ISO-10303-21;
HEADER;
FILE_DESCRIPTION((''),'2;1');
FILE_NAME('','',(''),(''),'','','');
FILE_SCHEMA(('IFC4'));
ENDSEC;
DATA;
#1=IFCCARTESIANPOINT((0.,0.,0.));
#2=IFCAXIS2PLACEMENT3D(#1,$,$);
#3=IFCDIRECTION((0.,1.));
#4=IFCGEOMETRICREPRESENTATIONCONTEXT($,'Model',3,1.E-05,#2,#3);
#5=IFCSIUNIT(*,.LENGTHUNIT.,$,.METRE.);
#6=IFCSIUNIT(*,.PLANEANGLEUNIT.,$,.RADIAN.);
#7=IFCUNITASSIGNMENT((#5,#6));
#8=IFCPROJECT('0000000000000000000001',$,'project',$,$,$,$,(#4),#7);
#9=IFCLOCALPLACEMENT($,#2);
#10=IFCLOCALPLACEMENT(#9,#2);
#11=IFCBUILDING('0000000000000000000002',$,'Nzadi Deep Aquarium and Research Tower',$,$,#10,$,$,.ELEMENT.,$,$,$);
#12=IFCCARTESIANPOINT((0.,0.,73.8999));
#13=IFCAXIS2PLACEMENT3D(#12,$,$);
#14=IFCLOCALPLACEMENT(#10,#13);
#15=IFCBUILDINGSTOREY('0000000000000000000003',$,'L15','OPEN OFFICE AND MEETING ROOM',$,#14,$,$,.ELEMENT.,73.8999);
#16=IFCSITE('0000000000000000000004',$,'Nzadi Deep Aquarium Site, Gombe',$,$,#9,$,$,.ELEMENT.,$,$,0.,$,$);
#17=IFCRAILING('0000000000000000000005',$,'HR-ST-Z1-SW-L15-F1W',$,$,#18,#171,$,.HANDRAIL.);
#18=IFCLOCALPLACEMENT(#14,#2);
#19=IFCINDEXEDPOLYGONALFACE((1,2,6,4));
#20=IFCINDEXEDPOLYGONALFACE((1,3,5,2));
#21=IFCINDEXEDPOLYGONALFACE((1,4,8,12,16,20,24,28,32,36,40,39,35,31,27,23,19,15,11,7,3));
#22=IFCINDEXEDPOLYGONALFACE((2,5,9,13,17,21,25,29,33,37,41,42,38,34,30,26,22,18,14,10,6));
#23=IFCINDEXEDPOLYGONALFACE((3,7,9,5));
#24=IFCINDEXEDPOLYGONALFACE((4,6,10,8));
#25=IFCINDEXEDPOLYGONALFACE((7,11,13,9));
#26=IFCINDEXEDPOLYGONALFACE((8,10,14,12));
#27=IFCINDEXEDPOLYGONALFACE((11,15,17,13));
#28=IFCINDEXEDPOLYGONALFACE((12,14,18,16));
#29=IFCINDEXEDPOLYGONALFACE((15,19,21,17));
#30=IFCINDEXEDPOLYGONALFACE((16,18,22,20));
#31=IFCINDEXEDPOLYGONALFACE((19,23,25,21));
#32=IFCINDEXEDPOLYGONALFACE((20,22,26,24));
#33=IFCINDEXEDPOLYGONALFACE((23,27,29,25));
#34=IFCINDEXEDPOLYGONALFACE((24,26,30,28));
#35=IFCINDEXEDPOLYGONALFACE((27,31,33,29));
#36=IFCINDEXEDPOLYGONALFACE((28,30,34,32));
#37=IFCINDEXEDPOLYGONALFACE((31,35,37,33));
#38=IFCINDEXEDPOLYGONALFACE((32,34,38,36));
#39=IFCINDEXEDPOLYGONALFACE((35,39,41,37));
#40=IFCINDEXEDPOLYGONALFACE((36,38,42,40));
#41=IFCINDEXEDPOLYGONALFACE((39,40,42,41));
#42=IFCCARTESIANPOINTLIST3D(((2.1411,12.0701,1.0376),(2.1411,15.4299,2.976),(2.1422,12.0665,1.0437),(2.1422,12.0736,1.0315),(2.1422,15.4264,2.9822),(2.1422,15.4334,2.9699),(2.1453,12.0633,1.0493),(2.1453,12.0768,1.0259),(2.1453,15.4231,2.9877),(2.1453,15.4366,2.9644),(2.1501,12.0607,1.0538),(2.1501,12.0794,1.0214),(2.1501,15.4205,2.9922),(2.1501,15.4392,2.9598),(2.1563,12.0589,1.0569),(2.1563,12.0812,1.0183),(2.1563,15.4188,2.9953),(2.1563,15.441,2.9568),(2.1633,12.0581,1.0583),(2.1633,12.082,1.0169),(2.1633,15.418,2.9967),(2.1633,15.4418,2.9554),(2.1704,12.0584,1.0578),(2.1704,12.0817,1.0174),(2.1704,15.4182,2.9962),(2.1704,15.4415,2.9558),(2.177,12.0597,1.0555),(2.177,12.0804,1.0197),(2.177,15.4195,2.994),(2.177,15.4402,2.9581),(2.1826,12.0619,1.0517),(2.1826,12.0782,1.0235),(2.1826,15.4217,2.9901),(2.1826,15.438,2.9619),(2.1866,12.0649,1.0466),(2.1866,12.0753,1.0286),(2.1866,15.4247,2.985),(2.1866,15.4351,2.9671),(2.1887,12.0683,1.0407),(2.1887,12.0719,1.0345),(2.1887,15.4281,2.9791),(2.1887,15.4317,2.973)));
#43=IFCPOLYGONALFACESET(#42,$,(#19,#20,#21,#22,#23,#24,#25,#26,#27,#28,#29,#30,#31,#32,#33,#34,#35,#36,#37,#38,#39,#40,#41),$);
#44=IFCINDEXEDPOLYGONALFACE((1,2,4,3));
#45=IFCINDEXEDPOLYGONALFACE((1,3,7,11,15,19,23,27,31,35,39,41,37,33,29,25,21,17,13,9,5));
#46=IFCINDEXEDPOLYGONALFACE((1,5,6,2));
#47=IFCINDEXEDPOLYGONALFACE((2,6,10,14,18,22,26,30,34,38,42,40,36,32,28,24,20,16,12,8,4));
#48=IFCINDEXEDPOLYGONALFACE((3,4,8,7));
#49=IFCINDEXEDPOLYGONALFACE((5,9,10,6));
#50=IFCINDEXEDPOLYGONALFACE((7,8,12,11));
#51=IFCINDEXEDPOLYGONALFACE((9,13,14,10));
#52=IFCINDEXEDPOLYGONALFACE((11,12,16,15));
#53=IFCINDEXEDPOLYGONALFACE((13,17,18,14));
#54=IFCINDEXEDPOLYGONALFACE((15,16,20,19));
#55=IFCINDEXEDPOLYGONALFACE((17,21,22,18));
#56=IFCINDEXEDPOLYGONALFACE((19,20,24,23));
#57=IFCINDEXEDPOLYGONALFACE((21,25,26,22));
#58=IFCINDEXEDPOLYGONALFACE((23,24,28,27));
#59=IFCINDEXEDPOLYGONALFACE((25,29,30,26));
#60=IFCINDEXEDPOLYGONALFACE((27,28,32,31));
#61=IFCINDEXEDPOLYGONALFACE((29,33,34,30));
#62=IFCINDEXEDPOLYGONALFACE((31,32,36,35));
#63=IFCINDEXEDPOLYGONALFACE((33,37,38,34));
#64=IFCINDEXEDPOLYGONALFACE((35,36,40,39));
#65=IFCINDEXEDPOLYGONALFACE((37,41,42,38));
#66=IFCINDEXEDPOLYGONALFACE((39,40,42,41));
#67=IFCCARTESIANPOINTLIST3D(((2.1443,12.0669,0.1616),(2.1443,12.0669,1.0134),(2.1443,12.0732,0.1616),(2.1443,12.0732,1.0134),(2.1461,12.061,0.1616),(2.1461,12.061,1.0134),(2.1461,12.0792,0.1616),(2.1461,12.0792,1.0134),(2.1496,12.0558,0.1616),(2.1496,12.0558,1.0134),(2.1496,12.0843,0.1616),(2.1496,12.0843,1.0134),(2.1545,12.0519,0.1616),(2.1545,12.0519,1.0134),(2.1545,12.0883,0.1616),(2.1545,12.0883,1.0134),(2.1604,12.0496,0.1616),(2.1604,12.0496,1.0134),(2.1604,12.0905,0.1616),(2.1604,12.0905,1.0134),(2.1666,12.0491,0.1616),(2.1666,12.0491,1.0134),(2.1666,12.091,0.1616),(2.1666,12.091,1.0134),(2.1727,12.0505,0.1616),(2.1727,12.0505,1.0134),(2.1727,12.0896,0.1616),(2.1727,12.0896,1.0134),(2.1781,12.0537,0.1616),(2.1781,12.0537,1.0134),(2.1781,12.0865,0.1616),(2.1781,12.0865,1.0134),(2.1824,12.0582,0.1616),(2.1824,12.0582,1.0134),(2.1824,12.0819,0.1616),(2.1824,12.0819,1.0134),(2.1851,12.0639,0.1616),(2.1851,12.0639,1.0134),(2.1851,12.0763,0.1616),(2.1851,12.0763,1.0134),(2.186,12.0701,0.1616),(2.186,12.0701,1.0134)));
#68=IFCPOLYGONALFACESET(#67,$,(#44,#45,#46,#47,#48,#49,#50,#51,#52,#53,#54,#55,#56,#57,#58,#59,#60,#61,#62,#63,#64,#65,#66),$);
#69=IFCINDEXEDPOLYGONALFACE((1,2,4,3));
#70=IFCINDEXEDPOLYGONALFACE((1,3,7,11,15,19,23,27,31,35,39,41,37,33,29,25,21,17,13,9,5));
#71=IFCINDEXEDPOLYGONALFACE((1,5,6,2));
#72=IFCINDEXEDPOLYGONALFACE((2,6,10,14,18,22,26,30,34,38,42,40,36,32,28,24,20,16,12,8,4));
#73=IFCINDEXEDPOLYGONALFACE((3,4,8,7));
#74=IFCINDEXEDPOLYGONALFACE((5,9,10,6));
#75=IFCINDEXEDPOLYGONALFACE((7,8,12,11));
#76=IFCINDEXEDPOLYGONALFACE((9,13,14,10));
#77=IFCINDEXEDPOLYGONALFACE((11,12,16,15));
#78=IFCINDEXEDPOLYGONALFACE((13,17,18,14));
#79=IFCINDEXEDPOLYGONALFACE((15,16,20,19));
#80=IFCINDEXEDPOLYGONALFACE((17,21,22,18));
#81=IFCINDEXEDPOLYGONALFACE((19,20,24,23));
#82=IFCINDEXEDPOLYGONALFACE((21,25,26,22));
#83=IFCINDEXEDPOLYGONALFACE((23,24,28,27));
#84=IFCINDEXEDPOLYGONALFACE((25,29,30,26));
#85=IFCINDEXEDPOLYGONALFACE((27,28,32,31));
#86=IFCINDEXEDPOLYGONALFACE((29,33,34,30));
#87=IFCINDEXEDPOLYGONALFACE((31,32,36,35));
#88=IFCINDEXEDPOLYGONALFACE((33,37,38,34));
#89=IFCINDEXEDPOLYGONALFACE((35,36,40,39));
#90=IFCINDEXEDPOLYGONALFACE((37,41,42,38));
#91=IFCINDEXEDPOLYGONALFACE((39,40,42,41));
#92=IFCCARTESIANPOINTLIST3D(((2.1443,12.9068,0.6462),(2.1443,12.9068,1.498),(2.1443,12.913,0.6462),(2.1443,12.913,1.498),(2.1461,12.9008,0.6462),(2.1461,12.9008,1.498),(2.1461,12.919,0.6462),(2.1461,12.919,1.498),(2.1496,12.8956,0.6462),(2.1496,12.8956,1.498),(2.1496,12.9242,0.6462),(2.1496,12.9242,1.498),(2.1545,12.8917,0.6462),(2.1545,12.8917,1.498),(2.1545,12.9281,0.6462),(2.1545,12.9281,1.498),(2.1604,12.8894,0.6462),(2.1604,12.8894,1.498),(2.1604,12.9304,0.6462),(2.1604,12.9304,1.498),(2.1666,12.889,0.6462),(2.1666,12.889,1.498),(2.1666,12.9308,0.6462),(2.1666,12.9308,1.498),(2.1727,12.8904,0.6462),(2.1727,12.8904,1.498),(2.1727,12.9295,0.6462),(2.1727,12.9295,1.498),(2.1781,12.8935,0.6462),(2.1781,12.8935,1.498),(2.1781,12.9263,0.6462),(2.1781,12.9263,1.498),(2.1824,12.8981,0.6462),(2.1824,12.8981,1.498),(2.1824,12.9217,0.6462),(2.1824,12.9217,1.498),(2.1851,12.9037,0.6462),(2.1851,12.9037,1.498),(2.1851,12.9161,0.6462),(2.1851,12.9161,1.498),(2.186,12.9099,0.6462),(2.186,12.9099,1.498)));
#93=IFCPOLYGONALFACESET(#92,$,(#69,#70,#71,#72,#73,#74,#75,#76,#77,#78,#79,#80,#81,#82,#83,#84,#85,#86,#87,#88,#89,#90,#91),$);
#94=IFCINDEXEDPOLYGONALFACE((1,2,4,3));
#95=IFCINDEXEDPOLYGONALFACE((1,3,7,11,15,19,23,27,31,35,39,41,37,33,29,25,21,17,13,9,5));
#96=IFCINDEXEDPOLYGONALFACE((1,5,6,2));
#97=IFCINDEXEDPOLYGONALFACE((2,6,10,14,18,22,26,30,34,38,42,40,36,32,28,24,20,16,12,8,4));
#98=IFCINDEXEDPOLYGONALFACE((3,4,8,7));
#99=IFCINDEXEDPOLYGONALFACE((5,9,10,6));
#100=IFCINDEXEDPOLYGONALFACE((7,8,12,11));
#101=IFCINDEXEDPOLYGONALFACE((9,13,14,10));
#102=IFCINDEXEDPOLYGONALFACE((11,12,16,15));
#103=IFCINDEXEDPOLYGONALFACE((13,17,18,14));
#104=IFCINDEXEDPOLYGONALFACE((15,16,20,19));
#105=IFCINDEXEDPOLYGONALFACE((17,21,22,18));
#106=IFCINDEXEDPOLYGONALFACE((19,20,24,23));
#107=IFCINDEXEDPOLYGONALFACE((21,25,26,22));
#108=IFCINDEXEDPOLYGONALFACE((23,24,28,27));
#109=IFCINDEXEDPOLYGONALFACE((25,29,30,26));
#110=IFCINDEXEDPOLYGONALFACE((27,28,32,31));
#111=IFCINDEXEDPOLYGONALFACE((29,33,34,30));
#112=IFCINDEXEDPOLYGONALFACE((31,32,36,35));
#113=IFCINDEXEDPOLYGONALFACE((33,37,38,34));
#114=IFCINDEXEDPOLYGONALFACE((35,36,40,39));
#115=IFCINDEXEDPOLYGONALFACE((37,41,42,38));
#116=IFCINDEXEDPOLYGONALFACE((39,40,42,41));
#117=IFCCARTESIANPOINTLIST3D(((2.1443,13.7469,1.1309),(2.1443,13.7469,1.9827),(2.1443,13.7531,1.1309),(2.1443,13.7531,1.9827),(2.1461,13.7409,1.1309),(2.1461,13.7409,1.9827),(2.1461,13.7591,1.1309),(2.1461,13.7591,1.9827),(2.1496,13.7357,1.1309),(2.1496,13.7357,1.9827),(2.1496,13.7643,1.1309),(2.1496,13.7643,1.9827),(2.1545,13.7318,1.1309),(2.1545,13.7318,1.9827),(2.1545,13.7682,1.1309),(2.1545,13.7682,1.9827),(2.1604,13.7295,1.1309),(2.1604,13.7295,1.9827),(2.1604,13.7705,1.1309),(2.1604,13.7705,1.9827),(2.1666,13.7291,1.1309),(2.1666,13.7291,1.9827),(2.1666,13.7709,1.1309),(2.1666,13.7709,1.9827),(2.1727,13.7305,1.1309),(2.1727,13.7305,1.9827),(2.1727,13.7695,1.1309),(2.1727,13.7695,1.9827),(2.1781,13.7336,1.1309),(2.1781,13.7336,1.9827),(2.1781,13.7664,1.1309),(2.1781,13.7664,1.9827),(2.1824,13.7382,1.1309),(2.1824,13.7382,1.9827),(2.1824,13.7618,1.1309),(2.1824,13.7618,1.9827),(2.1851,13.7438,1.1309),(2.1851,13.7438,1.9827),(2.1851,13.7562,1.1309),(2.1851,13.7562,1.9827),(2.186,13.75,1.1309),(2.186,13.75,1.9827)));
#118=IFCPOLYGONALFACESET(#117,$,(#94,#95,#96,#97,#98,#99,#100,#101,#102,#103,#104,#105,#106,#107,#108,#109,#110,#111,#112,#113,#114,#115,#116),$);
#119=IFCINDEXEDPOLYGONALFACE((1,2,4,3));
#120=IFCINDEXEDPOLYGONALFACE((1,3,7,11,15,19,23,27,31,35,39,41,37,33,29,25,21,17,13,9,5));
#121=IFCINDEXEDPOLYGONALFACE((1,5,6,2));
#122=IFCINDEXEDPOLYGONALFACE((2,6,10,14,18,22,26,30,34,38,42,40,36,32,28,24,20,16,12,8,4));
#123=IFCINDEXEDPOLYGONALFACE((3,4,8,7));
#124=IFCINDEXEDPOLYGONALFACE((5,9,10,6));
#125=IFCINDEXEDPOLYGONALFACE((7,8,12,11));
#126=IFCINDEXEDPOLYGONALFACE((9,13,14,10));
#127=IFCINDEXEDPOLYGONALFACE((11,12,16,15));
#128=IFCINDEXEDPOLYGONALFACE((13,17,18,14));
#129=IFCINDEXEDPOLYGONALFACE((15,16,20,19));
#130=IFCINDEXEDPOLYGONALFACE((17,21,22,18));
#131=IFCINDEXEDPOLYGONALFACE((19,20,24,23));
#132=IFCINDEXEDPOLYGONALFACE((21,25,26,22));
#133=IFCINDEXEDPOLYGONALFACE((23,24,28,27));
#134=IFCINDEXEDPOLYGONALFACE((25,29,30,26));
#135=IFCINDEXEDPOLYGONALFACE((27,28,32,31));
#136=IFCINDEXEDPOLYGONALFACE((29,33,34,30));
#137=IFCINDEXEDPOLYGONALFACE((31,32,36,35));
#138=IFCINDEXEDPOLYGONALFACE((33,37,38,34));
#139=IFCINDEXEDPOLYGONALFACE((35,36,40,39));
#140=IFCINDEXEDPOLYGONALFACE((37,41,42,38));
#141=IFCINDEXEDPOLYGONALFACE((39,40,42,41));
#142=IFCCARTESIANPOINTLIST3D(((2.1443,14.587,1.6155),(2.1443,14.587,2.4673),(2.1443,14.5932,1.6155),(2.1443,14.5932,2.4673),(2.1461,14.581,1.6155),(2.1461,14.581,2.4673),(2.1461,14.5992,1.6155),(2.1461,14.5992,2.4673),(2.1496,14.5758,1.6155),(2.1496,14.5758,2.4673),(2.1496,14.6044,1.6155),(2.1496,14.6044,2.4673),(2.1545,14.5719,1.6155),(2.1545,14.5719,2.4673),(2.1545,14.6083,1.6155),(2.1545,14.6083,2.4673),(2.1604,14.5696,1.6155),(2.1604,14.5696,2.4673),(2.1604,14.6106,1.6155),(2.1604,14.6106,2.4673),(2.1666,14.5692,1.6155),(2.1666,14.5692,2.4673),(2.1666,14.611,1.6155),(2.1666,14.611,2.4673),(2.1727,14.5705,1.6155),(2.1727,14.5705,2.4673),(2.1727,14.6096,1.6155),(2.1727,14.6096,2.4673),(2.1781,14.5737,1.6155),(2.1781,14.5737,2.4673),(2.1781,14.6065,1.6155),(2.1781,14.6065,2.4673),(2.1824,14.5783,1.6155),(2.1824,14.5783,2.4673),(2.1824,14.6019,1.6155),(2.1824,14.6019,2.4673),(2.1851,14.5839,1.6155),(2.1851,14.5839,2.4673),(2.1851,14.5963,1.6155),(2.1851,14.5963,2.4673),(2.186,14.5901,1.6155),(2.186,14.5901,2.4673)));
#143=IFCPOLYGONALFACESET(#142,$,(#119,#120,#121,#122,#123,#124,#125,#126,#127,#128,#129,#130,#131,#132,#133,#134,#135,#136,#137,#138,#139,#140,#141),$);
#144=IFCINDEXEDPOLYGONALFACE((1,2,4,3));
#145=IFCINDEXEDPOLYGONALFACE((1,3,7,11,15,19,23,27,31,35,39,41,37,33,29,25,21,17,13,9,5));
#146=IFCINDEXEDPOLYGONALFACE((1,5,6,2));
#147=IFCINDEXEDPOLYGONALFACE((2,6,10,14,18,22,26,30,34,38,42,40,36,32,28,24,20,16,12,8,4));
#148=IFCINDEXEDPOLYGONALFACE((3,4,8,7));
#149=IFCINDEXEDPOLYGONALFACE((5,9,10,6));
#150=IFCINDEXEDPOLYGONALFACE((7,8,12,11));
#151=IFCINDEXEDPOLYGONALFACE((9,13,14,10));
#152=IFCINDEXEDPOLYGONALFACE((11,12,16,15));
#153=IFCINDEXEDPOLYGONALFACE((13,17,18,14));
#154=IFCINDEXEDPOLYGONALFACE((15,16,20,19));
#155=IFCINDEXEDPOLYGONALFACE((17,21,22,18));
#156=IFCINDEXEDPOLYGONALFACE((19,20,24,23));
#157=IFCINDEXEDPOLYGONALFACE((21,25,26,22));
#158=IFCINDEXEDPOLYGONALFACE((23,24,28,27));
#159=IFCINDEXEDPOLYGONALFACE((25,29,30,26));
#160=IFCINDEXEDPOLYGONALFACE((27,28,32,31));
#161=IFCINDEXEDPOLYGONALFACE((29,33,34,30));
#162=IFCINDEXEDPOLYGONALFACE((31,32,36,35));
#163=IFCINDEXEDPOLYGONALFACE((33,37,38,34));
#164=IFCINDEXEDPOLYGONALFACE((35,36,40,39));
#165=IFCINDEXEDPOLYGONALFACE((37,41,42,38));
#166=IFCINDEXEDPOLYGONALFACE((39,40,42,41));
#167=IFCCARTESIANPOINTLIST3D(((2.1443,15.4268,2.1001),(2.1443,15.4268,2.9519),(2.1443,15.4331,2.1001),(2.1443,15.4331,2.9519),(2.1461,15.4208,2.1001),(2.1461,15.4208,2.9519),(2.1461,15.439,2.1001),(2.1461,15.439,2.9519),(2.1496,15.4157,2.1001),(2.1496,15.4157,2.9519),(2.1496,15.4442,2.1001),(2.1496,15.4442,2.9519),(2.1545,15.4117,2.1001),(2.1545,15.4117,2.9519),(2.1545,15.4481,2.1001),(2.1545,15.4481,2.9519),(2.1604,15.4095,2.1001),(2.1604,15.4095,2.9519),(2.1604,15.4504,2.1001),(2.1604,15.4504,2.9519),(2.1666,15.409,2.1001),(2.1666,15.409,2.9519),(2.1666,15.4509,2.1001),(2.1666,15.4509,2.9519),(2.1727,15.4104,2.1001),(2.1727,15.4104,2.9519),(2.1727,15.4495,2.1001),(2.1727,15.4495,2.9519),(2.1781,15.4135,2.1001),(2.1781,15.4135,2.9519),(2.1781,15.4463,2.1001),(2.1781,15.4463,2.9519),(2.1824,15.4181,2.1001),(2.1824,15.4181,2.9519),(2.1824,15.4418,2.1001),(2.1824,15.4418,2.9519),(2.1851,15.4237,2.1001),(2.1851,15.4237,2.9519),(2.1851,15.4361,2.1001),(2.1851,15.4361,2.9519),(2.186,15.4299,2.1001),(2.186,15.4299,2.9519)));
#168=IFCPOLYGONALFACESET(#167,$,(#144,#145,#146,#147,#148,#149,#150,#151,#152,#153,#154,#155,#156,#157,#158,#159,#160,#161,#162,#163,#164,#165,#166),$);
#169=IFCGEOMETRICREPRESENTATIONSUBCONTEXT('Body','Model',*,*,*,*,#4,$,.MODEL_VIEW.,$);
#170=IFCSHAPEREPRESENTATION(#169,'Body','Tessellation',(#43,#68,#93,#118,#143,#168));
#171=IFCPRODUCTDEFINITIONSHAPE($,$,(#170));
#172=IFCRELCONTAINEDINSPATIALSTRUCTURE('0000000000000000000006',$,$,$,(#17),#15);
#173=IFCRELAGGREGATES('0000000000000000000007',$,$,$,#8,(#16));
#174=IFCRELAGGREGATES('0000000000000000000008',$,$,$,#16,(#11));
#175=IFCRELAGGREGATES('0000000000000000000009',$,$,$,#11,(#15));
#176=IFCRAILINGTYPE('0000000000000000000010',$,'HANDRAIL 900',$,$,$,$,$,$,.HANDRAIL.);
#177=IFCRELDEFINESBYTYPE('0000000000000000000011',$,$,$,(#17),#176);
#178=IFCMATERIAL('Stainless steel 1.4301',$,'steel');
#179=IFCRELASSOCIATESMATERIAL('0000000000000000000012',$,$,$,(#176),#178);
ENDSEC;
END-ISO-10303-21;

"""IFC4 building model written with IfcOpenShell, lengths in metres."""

from ifc_helpers import new_model, si_unit, direction, frame, origin, origin_2d, place, context, subcontext, project, spatial, circle, extrude, material, type_object, element, save


model = new_model("IFC4")

# Units and contexts
model_context = context("Model", 3, precision=1e-05, world=origin(), true_north=direction((0.0, 1.0)))
body_context = subcontext(model_context, "Body", "Model", "MODEL_VIEW")
ifc_project = project(units=[si_unit("LENGTHUNIT", "METRE"), si_unit("PLANEANGLEUNIT", "RADIAN")], contexts=[model_context])

# Site, building, storey
site_placement = place(None, origin())
site = spatial("IfcSite", under=ifc_project, at=site_placement, Name="Nzadi Deep Aquarium Site, Gombe", CompositionType="ELEMENT", RefElevation=0.0)
building_placement = place(site_placement, origin())
building = spatial("IfcBuilding", under=site, at=building_placement, Name="Nzadi Deep Aquarium and Research Tower", CompositionType="ELEMENT")
storey_placement = place(building_placement, frame((0.0, 0.0, 73.8999)))
storey = spatial("IfcBuildingStorey", under=building, at=storey_placement, Name="L15", Description="OPEN OFFICE AND MEETING ROOM", CompositionType="ELEMENT", Elevation=73.8999)

# Railing
ifc_material_1 = material(Name="Stainless steel 1.4301", Category="steel")
railing_type = type_object("IfcRailingType", Name="HANDRAIL 900", PredefinedType="HANDRAIL", material=ifc_material_1)
for number, where, name in (
    (1, (2.165, 12.0701, 0.1616), "HR-ST-Z1-SW-L15-F1W"),
):
    element("IfcRailing", number, at=place(storey_placement, frame(where)), inside=storey, type_object=railing_type, Name=name, PredefinedType="HANDRAIL", context=body_context, shape_type="SweptSolid", body=[
        extrude(circle(Radius=0.0239, at=origin_2d()), frame((0.0, 0.0, 0.876), z_axis=(0.0, 0.866175, 0.499741), x_axis=(-1.0, 0.0, 0.0)), (0.0, 0.0, 1.0), 3.8789),
        extrude(circle(Radius=0.021, at=origin_2d()), origin(), (0.0, 0.0, 1.0), 0.8518),
        extrude(circle(Radius=0.021, at=origin_2d()), frame((0.0, 0.8398, 0.4846)), (0.0, 0.0, 1.0), 0.8518),
        extrude(circle(Radius=0.021, at=origin_2d()), frame((0.0, 1.6799, 0.9692)), (0.0, 0.0, 1.0), 0.8518),
        extrude(circle(Radius=0.021, at=origin_2d()), frame((0.0, 2.52, 1.4539)), (0.0, 0.0, 1.0), 0.8518),
        extrude(circle(Radius=0.021, at=origin_2d()), frame((0.0, 3.3599, 1.9385)), (0.0, 0.0, 1.0), 0.8518),
    ])

save(model, "model.ifc")
